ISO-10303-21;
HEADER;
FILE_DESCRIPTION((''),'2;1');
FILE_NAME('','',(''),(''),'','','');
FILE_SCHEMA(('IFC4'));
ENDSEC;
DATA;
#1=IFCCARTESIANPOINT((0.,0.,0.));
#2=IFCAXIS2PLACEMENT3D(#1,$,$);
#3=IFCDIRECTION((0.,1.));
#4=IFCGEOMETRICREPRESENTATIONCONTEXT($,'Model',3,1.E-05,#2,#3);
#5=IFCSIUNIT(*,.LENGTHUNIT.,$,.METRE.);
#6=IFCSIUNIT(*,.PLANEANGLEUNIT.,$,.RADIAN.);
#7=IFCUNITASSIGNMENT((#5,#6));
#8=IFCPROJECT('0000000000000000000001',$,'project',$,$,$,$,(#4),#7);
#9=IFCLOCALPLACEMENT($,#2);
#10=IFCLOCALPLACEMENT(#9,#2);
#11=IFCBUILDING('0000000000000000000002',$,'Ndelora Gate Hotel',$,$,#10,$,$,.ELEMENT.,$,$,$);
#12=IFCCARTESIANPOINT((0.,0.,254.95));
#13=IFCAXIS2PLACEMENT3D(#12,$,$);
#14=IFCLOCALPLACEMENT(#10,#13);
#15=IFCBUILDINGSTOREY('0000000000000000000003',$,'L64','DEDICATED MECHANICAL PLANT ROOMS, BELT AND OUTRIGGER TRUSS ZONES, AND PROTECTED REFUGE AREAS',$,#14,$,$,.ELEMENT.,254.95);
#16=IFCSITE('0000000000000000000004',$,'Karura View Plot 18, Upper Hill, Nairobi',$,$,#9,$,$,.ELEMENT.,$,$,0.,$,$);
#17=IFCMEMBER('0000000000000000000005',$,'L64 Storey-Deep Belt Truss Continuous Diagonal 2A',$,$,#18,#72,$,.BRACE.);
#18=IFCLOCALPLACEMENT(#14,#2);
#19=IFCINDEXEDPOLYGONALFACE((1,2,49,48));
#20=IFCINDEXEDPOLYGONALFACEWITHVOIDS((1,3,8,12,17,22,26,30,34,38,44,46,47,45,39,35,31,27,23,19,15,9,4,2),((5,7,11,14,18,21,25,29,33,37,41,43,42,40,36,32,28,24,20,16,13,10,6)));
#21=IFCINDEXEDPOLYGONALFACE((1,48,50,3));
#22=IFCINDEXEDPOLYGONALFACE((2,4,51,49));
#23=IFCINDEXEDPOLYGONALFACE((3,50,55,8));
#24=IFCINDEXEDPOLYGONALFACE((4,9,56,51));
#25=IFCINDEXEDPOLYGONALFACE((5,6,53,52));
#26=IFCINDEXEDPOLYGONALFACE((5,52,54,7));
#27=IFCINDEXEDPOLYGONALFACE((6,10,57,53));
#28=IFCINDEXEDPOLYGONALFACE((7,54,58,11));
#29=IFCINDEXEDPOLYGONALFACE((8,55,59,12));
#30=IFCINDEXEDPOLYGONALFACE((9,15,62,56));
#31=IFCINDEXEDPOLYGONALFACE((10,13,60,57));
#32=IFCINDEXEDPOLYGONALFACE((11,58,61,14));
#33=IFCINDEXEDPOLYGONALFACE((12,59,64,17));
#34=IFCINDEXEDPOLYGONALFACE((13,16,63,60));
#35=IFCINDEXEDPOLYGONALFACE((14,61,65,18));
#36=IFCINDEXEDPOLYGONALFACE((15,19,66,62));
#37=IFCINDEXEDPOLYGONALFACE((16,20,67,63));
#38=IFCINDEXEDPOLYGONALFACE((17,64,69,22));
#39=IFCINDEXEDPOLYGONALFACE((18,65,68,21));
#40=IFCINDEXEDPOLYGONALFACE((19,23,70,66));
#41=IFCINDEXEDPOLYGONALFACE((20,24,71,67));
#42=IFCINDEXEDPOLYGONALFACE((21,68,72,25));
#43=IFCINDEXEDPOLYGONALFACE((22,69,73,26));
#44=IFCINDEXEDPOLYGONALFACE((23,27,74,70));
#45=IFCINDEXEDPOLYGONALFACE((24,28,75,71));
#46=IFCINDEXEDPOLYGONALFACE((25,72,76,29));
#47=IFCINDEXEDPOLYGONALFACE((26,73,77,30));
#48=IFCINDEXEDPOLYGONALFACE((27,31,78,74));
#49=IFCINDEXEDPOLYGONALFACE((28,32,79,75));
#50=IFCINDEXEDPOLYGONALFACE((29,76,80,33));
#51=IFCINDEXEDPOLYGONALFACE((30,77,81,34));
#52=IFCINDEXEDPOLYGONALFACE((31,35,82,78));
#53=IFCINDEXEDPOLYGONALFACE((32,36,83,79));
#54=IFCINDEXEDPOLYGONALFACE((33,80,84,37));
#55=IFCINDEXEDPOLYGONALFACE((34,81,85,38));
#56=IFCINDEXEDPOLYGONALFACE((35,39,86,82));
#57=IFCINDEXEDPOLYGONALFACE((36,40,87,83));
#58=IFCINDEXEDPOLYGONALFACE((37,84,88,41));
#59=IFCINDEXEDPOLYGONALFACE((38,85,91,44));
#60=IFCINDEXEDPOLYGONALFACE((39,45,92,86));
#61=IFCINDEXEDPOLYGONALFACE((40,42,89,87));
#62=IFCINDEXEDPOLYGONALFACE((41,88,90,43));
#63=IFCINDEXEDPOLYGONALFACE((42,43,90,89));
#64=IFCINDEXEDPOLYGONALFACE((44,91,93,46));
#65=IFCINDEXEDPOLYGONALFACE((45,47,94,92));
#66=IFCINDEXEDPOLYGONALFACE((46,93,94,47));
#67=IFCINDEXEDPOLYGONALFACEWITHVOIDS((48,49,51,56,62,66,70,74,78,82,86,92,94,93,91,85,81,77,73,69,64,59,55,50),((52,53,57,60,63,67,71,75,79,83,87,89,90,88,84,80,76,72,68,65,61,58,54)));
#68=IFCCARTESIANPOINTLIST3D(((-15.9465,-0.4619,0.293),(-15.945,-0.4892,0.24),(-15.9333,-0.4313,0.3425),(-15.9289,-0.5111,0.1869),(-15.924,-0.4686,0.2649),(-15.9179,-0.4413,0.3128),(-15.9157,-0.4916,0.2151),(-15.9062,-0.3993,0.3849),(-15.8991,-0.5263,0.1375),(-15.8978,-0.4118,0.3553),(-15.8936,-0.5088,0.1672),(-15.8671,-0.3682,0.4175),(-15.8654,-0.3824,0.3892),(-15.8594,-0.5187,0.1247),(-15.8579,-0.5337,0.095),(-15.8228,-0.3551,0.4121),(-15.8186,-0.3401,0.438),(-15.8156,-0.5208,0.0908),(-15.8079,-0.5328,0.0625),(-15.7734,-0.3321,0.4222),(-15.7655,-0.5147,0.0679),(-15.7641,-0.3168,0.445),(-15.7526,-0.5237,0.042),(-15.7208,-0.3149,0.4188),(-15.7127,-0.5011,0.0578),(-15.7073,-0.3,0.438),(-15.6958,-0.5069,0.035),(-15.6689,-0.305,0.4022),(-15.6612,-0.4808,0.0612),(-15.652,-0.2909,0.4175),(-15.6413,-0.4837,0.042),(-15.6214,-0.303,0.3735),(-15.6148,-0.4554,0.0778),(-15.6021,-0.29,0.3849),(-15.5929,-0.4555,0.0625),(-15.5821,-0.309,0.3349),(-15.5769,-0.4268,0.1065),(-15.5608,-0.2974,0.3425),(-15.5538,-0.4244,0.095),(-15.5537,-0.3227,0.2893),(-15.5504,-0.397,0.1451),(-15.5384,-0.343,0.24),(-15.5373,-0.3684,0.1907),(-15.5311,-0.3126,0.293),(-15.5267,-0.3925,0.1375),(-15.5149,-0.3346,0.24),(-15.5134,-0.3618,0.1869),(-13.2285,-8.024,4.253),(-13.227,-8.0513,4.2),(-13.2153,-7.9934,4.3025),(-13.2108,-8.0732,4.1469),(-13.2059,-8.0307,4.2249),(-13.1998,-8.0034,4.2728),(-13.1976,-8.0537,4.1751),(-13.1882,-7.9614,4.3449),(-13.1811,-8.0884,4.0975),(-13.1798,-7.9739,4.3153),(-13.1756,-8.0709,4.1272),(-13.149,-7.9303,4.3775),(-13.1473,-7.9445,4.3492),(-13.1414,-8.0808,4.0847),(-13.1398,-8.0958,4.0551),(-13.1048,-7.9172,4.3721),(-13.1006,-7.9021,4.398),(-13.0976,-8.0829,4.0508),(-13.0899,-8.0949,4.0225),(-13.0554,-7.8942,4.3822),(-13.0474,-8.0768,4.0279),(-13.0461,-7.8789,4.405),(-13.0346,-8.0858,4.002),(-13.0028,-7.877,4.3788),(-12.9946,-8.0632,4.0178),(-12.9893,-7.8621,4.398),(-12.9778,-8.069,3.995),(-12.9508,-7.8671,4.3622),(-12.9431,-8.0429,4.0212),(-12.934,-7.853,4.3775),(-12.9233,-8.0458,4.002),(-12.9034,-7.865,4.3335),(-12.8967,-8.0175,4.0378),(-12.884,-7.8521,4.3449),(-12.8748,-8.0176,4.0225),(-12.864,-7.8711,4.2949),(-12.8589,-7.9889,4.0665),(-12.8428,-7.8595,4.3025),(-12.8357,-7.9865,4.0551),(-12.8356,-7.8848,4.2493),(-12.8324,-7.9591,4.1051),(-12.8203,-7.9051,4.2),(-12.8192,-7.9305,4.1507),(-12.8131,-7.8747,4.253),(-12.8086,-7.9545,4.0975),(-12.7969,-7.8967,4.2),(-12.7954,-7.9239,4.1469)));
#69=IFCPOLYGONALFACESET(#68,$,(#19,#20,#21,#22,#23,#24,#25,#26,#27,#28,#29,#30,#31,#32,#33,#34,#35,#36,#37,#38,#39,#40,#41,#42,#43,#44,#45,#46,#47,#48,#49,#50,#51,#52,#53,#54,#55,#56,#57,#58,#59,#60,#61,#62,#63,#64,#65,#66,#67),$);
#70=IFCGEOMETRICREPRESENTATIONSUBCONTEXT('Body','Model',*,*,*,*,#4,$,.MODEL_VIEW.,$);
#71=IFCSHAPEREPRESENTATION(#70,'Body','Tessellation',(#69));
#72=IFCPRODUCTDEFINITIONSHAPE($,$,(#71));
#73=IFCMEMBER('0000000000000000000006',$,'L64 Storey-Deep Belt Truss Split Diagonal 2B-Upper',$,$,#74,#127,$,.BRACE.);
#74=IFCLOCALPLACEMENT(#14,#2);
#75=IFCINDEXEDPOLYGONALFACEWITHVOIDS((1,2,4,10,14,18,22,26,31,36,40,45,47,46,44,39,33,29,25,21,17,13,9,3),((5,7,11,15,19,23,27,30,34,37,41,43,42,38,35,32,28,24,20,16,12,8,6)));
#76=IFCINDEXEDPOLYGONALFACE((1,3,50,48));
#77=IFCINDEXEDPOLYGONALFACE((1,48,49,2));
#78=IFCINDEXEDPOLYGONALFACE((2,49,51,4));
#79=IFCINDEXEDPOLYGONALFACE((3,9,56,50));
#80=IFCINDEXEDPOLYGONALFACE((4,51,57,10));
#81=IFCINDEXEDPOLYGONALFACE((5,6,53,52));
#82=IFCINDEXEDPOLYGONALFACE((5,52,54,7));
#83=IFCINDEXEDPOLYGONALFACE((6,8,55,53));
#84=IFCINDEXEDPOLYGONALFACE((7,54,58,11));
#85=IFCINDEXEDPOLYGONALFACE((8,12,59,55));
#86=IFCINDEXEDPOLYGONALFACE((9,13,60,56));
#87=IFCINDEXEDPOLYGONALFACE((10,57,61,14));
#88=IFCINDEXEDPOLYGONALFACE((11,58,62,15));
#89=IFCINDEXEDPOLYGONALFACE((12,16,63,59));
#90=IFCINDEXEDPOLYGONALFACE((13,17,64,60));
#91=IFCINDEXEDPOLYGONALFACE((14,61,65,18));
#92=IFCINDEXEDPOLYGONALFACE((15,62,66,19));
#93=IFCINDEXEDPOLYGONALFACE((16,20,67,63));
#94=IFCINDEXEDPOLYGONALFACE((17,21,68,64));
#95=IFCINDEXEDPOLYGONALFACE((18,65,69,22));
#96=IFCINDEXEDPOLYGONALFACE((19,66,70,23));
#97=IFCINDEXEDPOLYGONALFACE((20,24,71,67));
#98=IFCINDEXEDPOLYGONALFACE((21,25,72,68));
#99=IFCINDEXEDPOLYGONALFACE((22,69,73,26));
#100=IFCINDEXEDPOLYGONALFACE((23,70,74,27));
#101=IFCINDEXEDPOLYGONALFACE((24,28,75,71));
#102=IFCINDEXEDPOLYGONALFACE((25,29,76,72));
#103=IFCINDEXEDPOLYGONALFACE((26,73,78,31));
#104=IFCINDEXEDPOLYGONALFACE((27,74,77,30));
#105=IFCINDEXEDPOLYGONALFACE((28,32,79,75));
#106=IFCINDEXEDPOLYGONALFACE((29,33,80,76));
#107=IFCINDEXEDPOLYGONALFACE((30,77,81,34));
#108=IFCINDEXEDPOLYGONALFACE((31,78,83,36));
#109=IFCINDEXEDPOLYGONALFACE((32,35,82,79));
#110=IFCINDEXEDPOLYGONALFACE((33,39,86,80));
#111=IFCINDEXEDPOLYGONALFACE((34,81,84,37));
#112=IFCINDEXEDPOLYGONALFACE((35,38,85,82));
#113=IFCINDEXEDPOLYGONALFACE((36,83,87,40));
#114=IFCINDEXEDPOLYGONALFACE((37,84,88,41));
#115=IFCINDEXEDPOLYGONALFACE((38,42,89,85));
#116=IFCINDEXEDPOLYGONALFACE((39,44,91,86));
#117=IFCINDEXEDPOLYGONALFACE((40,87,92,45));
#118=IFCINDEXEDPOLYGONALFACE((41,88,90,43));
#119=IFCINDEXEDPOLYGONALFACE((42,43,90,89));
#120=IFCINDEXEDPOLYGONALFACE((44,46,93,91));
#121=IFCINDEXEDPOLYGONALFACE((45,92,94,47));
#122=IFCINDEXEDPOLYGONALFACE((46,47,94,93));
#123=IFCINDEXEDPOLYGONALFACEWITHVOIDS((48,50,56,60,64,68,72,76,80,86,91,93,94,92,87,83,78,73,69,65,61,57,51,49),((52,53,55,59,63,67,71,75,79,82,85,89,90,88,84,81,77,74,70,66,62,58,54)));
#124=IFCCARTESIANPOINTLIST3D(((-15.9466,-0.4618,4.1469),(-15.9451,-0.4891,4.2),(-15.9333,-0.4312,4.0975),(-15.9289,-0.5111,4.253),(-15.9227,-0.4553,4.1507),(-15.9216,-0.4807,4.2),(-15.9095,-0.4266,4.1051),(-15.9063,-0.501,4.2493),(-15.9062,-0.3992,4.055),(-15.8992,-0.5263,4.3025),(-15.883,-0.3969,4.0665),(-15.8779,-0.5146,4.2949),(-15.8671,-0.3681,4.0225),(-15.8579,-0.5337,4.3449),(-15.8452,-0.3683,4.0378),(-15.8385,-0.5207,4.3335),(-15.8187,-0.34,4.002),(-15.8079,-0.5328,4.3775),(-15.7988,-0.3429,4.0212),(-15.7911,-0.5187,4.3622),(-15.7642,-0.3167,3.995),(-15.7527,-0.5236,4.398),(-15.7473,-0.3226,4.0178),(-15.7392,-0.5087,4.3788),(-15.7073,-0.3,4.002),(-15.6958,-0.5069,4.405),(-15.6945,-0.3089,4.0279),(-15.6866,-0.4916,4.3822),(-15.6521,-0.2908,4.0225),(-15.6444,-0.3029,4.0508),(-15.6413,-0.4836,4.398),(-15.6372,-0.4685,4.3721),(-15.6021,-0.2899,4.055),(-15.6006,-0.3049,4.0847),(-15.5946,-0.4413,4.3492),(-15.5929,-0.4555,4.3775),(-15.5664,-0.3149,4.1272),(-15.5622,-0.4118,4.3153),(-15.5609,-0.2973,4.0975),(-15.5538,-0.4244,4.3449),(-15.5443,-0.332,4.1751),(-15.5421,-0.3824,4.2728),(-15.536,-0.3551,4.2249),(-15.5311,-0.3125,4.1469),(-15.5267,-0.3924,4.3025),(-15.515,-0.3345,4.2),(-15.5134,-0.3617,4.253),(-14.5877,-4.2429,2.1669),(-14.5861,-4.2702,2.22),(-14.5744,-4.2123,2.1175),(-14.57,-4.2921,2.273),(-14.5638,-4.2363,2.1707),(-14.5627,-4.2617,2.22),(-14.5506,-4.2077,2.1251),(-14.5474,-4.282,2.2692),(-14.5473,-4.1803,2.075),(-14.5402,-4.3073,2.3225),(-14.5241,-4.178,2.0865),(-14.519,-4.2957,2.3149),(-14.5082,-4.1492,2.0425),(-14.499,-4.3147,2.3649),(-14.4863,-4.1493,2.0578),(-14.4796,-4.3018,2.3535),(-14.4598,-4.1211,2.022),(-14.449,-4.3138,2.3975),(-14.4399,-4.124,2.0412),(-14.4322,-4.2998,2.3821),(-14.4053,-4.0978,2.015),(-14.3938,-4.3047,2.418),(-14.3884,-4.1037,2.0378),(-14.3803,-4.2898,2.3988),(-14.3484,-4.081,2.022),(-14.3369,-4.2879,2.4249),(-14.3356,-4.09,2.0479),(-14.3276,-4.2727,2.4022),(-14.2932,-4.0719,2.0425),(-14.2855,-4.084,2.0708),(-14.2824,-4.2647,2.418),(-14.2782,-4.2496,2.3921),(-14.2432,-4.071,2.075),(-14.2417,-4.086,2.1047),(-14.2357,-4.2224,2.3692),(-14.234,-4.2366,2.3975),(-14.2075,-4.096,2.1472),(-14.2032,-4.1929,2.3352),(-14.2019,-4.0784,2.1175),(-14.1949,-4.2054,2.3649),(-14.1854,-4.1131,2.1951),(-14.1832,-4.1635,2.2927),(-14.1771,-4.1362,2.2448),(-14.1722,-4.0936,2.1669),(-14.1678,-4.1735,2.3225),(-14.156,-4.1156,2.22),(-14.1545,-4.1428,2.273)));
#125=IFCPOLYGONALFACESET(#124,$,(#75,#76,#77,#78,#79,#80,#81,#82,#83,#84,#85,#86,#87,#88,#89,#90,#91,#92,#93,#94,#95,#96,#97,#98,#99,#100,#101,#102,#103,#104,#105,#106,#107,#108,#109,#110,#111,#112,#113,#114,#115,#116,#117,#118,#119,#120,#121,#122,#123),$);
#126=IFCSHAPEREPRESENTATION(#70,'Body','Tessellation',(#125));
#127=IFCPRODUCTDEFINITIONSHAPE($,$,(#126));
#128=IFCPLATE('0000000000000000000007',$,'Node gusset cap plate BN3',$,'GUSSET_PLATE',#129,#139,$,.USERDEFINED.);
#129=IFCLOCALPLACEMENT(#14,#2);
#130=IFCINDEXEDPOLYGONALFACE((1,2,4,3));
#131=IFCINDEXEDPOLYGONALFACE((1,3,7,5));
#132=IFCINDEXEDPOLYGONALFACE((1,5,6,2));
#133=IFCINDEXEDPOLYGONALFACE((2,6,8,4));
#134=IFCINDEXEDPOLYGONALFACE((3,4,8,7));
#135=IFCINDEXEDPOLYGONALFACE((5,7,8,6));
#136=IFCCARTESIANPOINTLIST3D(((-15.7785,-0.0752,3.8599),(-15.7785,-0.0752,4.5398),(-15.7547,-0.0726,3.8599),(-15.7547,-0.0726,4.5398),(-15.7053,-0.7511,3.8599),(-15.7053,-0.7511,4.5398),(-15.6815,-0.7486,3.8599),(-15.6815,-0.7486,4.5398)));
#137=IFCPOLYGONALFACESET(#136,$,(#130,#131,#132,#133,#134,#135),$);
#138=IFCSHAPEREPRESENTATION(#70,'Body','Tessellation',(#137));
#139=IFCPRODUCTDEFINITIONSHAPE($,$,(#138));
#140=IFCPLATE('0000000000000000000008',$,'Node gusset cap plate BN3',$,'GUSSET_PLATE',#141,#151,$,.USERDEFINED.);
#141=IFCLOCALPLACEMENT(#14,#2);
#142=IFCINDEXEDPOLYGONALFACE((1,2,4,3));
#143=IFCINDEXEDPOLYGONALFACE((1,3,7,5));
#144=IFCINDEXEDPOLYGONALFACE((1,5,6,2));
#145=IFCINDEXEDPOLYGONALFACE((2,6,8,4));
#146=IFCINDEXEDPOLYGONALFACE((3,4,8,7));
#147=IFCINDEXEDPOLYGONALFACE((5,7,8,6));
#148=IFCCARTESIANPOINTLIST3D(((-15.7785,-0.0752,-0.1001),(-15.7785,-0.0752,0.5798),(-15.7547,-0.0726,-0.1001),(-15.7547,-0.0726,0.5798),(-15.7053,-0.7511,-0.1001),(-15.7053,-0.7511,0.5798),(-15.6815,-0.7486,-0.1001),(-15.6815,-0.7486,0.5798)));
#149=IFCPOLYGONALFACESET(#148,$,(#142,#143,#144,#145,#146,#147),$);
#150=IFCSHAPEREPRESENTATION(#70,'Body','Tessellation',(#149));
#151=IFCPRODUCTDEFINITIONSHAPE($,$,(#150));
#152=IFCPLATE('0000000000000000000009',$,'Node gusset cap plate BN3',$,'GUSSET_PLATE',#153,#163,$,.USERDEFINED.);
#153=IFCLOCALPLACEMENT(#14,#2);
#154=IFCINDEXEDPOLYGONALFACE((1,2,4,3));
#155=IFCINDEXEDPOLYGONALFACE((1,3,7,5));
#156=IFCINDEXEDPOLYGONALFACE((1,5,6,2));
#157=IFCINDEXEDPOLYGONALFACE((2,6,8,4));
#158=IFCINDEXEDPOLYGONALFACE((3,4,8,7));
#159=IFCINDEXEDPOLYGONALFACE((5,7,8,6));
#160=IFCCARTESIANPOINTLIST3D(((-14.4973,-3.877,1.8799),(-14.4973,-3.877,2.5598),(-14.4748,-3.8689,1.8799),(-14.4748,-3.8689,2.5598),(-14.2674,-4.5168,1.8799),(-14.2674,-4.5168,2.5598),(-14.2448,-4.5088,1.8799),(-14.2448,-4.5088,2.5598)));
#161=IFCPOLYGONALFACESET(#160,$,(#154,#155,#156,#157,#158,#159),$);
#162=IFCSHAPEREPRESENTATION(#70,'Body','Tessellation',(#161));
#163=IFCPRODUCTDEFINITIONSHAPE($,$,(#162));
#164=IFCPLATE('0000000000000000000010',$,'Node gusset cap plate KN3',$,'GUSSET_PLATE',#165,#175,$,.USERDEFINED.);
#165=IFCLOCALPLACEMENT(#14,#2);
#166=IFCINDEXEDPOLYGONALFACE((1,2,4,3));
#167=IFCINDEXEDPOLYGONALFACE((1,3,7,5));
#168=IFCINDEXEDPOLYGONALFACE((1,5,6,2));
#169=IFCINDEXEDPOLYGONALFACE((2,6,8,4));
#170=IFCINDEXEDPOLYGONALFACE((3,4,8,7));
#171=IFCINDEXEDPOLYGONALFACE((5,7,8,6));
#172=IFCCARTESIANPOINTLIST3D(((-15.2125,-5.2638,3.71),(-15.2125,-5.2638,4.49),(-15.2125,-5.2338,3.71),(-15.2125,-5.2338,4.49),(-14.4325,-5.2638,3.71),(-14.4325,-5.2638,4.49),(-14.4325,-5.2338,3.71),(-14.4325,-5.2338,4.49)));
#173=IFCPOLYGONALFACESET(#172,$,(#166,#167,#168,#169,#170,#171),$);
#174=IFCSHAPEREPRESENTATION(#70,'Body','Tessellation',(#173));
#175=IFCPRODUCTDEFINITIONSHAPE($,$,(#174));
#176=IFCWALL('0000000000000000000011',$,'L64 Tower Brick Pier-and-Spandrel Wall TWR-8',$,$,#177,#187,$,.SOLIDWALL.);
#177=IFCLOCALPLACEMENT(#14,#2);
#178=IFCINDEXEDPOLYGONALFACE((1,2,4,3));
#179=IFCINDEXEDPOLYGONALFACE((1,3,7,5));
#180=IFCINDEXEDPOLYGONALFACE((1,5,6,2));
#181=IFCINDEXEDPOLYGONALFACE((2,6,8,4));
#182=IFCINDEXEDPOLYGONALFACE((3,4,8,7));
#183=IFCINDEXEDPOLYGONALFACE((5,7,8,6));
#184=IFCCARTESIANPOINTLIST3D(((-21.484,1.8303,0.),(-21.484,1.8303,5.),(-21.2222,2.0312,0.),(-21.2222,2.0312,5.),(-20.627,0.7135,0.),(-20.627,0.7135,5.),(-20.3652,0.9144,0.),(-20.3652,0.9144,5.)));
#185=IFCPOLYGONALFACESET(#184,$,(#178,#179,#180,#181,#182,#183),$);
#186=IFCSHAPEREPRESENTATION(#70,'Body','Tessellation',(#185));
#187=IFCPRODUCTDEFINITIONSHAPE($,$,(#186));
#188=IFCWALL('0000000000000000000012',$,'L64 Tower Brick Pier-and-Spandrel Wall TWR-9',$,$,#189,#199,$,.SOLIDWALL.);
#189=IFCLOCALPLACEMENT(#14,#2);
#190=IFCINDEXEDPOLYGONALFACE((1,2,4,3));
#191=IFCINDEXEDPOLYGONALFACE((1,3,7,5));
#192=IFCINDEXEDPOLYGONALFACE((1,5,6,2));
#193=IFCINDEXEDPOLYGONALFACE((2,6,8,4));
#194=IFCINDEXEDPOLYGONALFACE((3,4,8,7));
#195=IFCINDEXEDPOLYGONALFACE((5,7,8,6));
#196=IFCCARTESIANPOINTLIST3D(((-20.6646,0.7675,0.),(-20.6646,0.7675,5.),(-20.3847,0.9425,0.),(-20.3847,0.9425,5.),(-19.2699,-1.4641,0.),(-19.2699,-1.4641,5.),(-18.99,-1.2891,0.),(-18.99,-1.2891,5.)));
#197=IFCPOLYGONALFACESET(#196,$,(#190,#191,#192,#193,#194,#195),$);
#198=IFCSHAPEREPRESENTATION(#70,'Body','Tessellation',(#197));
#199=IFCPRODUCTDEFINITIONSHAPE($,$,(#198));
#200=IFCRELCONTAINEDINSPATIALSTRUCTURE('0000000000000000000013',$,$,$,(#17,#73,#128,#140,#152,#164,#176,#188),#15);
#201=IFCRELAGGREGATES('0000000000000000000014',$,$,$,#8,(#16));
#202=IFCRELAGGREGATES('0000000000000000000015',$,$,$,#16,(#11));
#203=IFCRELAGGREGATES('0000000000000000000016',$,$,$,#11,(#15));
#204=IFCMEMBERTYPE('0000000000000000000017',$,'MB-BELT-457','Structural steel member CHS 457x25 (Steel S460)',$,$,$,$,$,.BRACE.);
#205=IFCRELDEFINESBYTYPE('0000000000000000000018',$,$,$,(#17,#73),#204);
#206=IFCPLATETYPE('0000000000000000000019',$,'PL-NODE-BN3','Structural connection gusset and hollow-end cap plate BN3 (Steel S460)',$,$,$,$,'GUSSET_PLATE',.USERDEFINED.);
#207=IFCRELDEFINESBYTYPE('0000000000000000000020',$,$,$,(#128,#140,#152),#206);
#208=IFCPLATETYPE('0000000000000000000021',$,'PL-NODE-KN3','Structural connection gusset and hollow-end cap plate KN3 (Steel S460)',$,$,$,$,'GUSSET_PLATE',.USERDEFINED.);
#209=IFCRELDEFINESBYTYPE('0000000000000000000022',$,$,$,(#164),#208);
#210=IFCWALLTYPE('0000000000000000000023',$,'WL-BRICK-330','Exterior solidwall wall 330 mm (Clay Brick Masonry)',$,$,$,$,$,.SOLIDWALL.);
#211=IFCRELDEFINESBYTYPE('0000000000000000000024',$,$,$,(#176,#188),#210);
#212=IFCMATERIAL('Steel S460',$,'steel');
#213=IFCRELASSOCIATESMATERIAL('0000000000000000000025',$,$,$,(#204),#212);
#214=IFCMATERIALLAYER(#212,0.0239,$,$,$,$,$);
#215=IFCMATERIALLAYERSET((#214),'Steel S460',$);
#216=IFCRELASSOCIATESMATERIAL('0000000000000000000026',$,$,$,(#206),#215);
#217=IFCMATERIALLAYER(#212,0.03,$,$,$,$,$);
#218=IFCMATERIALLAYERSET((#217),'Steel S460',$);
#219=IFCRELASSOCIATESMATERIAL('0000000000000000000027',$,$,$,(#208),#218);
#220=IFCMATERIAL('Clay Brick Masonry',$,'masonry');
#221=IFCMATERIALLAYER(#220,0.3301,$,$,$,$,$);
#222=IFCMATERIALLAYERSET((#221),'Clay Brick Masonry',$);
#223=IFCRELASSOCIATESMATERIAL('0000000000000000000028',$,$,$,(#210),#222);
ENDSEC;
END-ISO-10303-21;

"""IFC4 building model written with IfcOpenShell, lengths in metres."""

from ifc_helpers import new_model, si_unit, direction, frame, frame_2d, origin, origin_2d, place, context, subcontext, project, spatial, rectangle, hollow_circle, extrude, material, layer, layer_set, material_profile, profile_set, type_object, element, save


model = new_model("IFC4")

# Units and contexts
model_context = context("Model", 3, precision=1e-05, world=origin(), true_north=direction((0.0, 1.0)))
body_context = subcontext(model_context, "Body", "Model", "MODEL_VIEW")
ifc_project = project(units=[si_unit("LENGTHUNIT", "METRE"), si_unit("PLANEANGLEUNIT", "RADIAN")], contexts=[model_context])

# Site, building, storey
site_placement = place(None, origin())
site = spatial("IfcSite", under=ifc_project, at=site_placement, Name="Karura View Plot 18, Upper Hill, Nairobi", CompositionType="ELEMENT", RefElevation=0.0)
building_placement = place(site_placement, origin())
building = spatial("IfcBuilding", under=site, at=building_placement, Name="Ndelora Gate Hotel", CompositionType="ELEMENT")
storey_placement = place(building_placement, frame((0.0, 0.0, 254.95)))
storey = spatial("IfcBuildingStorey", under=building, at=storey_placement, Name="L64", Description="DEDICATED MECHANICAL PLANT ROOMS, BELT AND OUTRIGGER TRUSS ZONES, AND PROTECTED REFUGE AREAS", CompositionType="ELEMENT", Elevation=254.95)

# Shared definitions
ifc_material_1 = material(Name="Steel S460", Category="steel")

# Members
ifc_material_profile_1 = material_profile(ifc_material_1, hollow_circle(Radius=0.2285, WallThickness=0.0249, at=origin_2d()), Name="CHS 457x25")
ifc_profile_set_1 = profile_set([ifc_material_profile_1], Name="Steel S460")
member_type = type_object("IfcMemberType", Name="MB-BELT-457", Description="Structural steel member CHS 457x25 (Steel S460)", PredefinedType="BRACE", material=ifc_profile_set_1)
member_1_placement = place(storey_placement, frame((-15.73, -0.4119, 0.24), z_axis=(0.303404, -0.844125, 0.442039), x_axis=(0.941058, 0.338245, 0.0)))
element("IfcMember", 1, at=member_1_placement, inside=storey, type_object=member_type, Name="L64 Storey-Deep Belt Truss Continuous Diagonal 2A", PredefinedType="BRACE", context=body_context, shape_type="SweptSolid", body=[
    extrude(hollow_circle(Radius=0.2285, WallThickness=0.0249, at=origin_2d()), origin(), (0.0, 0.0, 1.0), 8.9585),
])
member_2_placement = place(storey_placement, frame((-14.3711, -4.1929, 2.22), z_axis=(-0.30338, 0.844132, 0.442043), x_axis=(-0.941068, -0.338218, 0.0)))
element("IfcMember", 2, at=member_2_placement, inside=storey, type_object=member_type, Name="L64 Storey-Deep Belt Truss Split Diagonal 2B-Upper", PredefinedType="BRACE", context=body_context, shape_type="SweptSolid", body=[
    extrude(hollow_circle(Radius=0.2285, WallThickness=0.0249, at=origin_2d()), origin(), (0.0, 0.0, 1.0), 4.4792),
])

# Plates
ifc_layer_1 = layer(ifc_material_1, 0.0239)
ifc_layer_set_1 = layer_set([ifc_layer_1], Name="Steel S460")
plate_type_1 = type_object("IfcPlateType", Name="PL-NODE-BN3", Description="Structural connection gusset and hollow-end cap plate BN3 (Steel S460)", ElementType="GUSSET_PLATE", PredefinedType="USERDEFINED", material=ifc_layer_set_1)
for number, where, z_axis, x_axis, name in (
    (3, (-15.73, -0.4119, 3.8599), (0.0, 0.0, 1.0), (-0.107652, 0.994189, 0.0), "Node gusset cap plate BN3"),
    (4, (-15.73, -0.4119, -0.1001), (0.0, 0.0, 1.0), (-0.107652, 0.994189, 0.0), "Node gusset cap plate BN3"),
    (5, (-14.3711, -4.1929, 1.8799), (0.0, 0.0, 1.0), (-0.338245, 0.941058, 0.0), "Node gusset cap plate BN3"),
):
    element("IfcPlate", number, at=place(storey_placement, frame(where, z_axis=z_axis, x_axis=x_axis)), inside=storey, type_object=plate_type_1, Name=name, ObjectType="GUSSET_PLATE", PredefinedType="USERDEFINED", context=body_context, shape_type="SweptSolid", body=[
        extrude(rectangle(XDim=0.6799, YDim=0.0239, at=origin_2d()), origin(), (0.0, 0.0, 1.0), 0.6799),
    ])
ifc_layer_2 = layer(ifc_material_1, 0.03)
ifc_layer_set_2 = layer_set([ifc_layer_2], Name="Steel S460")
plate_type_2 = type_object("IfcPlateType", Name="PL-NODE-KN3", Description="Structural connection gusset and hollow-end cap plate KN3 (Steel S460)", ElementType="GUSSET_PLATE", PredefinedType="USERDEFINED", material=ifc_layer_set_2)
plate_placement = place(storey_placement, frame((-14.8225, -5.2488, 3.71), z_axis=(0.0, 0.0, 1.0), x_axis=(1.0, 0.0, 0.0)))
element("IfcPlate", 6, at=plate_placement, inside=storey, type_object=plate_type_2, Name="Node gusset cap plate KN3", ObjectType="GUSSET_PLATE", PredefinedType="USERDEFINED", context=body_context, shape_type="SweptSolid", body=[
    extrude(rectangle(XDim=0.78, YDim=0.03, at=origin_2d()), origin(), (0.0, 0.0, 1.0), 0.78),
])

# Walls
ifc_material_2 = material(Name="Clay Brick Masonry", Category="masonry")
ifc_layer_3 = layer(ifc_material_2, 0.3301)
ifc_layer_set_3 = layer_set([ifc_layer_3], Name="Clay Brick Masonry")
wall_type_1 = type_object("IfcWallType", Name="WL-BRICK-330", Description="Exterior solidwall wall 330 mm (Clay Brick Masonry)", PredefinedType="SOLIDWALL", material=ifc_layer_set_3)
wall_1_placement = place(storey_placement, frame((-20.4961, 0.814, 0.0), z_axis=(0.0, 0.0, 1.0), x_axis=(-0.608788, 0.793333, 0.0)))
element("IfcWall", 7, at=wall_1_placement, inside=storey, type_object=wall_type_1, Name="L64 Tower Brick Pier-and-Spandrel Wall TWR-8", PredefinedType="SOLIDWALL", context=body_context, shape_type="SweptSolid", body=[
    extrude(rectangle(XDim=1.4077, YDim=0.3301, at=frame_2d((0.7039, 0.0))), origin(), (0.0, 0.0, 1.0), 5.0),
])
wall_2_placement = place(storey_placement, frame((-19.1299, -1.3767, 0.0), z_axis=(0.0, 0.0, 1.0), x_axis=(-0.529991, 0.848004, 0.0)))
element("IfcWall", 8, at=wall_2_placement, inside=storey, type_object=wall_type_1, Name="L64 Tower Brick Pier-and-Spandrel Wall TWR-9", PredefinedType="SOLIDWALL", context=body_context, shape_type="SweptSolid", body=[
    extrude(rectangle(XDim=2.6316, YDim=0.3301, at=frame_2d((1.3159, 0.0))), origin(), (0.0, 0.0, 1.0), 5.0),
])

save(model, "model.ifc")
